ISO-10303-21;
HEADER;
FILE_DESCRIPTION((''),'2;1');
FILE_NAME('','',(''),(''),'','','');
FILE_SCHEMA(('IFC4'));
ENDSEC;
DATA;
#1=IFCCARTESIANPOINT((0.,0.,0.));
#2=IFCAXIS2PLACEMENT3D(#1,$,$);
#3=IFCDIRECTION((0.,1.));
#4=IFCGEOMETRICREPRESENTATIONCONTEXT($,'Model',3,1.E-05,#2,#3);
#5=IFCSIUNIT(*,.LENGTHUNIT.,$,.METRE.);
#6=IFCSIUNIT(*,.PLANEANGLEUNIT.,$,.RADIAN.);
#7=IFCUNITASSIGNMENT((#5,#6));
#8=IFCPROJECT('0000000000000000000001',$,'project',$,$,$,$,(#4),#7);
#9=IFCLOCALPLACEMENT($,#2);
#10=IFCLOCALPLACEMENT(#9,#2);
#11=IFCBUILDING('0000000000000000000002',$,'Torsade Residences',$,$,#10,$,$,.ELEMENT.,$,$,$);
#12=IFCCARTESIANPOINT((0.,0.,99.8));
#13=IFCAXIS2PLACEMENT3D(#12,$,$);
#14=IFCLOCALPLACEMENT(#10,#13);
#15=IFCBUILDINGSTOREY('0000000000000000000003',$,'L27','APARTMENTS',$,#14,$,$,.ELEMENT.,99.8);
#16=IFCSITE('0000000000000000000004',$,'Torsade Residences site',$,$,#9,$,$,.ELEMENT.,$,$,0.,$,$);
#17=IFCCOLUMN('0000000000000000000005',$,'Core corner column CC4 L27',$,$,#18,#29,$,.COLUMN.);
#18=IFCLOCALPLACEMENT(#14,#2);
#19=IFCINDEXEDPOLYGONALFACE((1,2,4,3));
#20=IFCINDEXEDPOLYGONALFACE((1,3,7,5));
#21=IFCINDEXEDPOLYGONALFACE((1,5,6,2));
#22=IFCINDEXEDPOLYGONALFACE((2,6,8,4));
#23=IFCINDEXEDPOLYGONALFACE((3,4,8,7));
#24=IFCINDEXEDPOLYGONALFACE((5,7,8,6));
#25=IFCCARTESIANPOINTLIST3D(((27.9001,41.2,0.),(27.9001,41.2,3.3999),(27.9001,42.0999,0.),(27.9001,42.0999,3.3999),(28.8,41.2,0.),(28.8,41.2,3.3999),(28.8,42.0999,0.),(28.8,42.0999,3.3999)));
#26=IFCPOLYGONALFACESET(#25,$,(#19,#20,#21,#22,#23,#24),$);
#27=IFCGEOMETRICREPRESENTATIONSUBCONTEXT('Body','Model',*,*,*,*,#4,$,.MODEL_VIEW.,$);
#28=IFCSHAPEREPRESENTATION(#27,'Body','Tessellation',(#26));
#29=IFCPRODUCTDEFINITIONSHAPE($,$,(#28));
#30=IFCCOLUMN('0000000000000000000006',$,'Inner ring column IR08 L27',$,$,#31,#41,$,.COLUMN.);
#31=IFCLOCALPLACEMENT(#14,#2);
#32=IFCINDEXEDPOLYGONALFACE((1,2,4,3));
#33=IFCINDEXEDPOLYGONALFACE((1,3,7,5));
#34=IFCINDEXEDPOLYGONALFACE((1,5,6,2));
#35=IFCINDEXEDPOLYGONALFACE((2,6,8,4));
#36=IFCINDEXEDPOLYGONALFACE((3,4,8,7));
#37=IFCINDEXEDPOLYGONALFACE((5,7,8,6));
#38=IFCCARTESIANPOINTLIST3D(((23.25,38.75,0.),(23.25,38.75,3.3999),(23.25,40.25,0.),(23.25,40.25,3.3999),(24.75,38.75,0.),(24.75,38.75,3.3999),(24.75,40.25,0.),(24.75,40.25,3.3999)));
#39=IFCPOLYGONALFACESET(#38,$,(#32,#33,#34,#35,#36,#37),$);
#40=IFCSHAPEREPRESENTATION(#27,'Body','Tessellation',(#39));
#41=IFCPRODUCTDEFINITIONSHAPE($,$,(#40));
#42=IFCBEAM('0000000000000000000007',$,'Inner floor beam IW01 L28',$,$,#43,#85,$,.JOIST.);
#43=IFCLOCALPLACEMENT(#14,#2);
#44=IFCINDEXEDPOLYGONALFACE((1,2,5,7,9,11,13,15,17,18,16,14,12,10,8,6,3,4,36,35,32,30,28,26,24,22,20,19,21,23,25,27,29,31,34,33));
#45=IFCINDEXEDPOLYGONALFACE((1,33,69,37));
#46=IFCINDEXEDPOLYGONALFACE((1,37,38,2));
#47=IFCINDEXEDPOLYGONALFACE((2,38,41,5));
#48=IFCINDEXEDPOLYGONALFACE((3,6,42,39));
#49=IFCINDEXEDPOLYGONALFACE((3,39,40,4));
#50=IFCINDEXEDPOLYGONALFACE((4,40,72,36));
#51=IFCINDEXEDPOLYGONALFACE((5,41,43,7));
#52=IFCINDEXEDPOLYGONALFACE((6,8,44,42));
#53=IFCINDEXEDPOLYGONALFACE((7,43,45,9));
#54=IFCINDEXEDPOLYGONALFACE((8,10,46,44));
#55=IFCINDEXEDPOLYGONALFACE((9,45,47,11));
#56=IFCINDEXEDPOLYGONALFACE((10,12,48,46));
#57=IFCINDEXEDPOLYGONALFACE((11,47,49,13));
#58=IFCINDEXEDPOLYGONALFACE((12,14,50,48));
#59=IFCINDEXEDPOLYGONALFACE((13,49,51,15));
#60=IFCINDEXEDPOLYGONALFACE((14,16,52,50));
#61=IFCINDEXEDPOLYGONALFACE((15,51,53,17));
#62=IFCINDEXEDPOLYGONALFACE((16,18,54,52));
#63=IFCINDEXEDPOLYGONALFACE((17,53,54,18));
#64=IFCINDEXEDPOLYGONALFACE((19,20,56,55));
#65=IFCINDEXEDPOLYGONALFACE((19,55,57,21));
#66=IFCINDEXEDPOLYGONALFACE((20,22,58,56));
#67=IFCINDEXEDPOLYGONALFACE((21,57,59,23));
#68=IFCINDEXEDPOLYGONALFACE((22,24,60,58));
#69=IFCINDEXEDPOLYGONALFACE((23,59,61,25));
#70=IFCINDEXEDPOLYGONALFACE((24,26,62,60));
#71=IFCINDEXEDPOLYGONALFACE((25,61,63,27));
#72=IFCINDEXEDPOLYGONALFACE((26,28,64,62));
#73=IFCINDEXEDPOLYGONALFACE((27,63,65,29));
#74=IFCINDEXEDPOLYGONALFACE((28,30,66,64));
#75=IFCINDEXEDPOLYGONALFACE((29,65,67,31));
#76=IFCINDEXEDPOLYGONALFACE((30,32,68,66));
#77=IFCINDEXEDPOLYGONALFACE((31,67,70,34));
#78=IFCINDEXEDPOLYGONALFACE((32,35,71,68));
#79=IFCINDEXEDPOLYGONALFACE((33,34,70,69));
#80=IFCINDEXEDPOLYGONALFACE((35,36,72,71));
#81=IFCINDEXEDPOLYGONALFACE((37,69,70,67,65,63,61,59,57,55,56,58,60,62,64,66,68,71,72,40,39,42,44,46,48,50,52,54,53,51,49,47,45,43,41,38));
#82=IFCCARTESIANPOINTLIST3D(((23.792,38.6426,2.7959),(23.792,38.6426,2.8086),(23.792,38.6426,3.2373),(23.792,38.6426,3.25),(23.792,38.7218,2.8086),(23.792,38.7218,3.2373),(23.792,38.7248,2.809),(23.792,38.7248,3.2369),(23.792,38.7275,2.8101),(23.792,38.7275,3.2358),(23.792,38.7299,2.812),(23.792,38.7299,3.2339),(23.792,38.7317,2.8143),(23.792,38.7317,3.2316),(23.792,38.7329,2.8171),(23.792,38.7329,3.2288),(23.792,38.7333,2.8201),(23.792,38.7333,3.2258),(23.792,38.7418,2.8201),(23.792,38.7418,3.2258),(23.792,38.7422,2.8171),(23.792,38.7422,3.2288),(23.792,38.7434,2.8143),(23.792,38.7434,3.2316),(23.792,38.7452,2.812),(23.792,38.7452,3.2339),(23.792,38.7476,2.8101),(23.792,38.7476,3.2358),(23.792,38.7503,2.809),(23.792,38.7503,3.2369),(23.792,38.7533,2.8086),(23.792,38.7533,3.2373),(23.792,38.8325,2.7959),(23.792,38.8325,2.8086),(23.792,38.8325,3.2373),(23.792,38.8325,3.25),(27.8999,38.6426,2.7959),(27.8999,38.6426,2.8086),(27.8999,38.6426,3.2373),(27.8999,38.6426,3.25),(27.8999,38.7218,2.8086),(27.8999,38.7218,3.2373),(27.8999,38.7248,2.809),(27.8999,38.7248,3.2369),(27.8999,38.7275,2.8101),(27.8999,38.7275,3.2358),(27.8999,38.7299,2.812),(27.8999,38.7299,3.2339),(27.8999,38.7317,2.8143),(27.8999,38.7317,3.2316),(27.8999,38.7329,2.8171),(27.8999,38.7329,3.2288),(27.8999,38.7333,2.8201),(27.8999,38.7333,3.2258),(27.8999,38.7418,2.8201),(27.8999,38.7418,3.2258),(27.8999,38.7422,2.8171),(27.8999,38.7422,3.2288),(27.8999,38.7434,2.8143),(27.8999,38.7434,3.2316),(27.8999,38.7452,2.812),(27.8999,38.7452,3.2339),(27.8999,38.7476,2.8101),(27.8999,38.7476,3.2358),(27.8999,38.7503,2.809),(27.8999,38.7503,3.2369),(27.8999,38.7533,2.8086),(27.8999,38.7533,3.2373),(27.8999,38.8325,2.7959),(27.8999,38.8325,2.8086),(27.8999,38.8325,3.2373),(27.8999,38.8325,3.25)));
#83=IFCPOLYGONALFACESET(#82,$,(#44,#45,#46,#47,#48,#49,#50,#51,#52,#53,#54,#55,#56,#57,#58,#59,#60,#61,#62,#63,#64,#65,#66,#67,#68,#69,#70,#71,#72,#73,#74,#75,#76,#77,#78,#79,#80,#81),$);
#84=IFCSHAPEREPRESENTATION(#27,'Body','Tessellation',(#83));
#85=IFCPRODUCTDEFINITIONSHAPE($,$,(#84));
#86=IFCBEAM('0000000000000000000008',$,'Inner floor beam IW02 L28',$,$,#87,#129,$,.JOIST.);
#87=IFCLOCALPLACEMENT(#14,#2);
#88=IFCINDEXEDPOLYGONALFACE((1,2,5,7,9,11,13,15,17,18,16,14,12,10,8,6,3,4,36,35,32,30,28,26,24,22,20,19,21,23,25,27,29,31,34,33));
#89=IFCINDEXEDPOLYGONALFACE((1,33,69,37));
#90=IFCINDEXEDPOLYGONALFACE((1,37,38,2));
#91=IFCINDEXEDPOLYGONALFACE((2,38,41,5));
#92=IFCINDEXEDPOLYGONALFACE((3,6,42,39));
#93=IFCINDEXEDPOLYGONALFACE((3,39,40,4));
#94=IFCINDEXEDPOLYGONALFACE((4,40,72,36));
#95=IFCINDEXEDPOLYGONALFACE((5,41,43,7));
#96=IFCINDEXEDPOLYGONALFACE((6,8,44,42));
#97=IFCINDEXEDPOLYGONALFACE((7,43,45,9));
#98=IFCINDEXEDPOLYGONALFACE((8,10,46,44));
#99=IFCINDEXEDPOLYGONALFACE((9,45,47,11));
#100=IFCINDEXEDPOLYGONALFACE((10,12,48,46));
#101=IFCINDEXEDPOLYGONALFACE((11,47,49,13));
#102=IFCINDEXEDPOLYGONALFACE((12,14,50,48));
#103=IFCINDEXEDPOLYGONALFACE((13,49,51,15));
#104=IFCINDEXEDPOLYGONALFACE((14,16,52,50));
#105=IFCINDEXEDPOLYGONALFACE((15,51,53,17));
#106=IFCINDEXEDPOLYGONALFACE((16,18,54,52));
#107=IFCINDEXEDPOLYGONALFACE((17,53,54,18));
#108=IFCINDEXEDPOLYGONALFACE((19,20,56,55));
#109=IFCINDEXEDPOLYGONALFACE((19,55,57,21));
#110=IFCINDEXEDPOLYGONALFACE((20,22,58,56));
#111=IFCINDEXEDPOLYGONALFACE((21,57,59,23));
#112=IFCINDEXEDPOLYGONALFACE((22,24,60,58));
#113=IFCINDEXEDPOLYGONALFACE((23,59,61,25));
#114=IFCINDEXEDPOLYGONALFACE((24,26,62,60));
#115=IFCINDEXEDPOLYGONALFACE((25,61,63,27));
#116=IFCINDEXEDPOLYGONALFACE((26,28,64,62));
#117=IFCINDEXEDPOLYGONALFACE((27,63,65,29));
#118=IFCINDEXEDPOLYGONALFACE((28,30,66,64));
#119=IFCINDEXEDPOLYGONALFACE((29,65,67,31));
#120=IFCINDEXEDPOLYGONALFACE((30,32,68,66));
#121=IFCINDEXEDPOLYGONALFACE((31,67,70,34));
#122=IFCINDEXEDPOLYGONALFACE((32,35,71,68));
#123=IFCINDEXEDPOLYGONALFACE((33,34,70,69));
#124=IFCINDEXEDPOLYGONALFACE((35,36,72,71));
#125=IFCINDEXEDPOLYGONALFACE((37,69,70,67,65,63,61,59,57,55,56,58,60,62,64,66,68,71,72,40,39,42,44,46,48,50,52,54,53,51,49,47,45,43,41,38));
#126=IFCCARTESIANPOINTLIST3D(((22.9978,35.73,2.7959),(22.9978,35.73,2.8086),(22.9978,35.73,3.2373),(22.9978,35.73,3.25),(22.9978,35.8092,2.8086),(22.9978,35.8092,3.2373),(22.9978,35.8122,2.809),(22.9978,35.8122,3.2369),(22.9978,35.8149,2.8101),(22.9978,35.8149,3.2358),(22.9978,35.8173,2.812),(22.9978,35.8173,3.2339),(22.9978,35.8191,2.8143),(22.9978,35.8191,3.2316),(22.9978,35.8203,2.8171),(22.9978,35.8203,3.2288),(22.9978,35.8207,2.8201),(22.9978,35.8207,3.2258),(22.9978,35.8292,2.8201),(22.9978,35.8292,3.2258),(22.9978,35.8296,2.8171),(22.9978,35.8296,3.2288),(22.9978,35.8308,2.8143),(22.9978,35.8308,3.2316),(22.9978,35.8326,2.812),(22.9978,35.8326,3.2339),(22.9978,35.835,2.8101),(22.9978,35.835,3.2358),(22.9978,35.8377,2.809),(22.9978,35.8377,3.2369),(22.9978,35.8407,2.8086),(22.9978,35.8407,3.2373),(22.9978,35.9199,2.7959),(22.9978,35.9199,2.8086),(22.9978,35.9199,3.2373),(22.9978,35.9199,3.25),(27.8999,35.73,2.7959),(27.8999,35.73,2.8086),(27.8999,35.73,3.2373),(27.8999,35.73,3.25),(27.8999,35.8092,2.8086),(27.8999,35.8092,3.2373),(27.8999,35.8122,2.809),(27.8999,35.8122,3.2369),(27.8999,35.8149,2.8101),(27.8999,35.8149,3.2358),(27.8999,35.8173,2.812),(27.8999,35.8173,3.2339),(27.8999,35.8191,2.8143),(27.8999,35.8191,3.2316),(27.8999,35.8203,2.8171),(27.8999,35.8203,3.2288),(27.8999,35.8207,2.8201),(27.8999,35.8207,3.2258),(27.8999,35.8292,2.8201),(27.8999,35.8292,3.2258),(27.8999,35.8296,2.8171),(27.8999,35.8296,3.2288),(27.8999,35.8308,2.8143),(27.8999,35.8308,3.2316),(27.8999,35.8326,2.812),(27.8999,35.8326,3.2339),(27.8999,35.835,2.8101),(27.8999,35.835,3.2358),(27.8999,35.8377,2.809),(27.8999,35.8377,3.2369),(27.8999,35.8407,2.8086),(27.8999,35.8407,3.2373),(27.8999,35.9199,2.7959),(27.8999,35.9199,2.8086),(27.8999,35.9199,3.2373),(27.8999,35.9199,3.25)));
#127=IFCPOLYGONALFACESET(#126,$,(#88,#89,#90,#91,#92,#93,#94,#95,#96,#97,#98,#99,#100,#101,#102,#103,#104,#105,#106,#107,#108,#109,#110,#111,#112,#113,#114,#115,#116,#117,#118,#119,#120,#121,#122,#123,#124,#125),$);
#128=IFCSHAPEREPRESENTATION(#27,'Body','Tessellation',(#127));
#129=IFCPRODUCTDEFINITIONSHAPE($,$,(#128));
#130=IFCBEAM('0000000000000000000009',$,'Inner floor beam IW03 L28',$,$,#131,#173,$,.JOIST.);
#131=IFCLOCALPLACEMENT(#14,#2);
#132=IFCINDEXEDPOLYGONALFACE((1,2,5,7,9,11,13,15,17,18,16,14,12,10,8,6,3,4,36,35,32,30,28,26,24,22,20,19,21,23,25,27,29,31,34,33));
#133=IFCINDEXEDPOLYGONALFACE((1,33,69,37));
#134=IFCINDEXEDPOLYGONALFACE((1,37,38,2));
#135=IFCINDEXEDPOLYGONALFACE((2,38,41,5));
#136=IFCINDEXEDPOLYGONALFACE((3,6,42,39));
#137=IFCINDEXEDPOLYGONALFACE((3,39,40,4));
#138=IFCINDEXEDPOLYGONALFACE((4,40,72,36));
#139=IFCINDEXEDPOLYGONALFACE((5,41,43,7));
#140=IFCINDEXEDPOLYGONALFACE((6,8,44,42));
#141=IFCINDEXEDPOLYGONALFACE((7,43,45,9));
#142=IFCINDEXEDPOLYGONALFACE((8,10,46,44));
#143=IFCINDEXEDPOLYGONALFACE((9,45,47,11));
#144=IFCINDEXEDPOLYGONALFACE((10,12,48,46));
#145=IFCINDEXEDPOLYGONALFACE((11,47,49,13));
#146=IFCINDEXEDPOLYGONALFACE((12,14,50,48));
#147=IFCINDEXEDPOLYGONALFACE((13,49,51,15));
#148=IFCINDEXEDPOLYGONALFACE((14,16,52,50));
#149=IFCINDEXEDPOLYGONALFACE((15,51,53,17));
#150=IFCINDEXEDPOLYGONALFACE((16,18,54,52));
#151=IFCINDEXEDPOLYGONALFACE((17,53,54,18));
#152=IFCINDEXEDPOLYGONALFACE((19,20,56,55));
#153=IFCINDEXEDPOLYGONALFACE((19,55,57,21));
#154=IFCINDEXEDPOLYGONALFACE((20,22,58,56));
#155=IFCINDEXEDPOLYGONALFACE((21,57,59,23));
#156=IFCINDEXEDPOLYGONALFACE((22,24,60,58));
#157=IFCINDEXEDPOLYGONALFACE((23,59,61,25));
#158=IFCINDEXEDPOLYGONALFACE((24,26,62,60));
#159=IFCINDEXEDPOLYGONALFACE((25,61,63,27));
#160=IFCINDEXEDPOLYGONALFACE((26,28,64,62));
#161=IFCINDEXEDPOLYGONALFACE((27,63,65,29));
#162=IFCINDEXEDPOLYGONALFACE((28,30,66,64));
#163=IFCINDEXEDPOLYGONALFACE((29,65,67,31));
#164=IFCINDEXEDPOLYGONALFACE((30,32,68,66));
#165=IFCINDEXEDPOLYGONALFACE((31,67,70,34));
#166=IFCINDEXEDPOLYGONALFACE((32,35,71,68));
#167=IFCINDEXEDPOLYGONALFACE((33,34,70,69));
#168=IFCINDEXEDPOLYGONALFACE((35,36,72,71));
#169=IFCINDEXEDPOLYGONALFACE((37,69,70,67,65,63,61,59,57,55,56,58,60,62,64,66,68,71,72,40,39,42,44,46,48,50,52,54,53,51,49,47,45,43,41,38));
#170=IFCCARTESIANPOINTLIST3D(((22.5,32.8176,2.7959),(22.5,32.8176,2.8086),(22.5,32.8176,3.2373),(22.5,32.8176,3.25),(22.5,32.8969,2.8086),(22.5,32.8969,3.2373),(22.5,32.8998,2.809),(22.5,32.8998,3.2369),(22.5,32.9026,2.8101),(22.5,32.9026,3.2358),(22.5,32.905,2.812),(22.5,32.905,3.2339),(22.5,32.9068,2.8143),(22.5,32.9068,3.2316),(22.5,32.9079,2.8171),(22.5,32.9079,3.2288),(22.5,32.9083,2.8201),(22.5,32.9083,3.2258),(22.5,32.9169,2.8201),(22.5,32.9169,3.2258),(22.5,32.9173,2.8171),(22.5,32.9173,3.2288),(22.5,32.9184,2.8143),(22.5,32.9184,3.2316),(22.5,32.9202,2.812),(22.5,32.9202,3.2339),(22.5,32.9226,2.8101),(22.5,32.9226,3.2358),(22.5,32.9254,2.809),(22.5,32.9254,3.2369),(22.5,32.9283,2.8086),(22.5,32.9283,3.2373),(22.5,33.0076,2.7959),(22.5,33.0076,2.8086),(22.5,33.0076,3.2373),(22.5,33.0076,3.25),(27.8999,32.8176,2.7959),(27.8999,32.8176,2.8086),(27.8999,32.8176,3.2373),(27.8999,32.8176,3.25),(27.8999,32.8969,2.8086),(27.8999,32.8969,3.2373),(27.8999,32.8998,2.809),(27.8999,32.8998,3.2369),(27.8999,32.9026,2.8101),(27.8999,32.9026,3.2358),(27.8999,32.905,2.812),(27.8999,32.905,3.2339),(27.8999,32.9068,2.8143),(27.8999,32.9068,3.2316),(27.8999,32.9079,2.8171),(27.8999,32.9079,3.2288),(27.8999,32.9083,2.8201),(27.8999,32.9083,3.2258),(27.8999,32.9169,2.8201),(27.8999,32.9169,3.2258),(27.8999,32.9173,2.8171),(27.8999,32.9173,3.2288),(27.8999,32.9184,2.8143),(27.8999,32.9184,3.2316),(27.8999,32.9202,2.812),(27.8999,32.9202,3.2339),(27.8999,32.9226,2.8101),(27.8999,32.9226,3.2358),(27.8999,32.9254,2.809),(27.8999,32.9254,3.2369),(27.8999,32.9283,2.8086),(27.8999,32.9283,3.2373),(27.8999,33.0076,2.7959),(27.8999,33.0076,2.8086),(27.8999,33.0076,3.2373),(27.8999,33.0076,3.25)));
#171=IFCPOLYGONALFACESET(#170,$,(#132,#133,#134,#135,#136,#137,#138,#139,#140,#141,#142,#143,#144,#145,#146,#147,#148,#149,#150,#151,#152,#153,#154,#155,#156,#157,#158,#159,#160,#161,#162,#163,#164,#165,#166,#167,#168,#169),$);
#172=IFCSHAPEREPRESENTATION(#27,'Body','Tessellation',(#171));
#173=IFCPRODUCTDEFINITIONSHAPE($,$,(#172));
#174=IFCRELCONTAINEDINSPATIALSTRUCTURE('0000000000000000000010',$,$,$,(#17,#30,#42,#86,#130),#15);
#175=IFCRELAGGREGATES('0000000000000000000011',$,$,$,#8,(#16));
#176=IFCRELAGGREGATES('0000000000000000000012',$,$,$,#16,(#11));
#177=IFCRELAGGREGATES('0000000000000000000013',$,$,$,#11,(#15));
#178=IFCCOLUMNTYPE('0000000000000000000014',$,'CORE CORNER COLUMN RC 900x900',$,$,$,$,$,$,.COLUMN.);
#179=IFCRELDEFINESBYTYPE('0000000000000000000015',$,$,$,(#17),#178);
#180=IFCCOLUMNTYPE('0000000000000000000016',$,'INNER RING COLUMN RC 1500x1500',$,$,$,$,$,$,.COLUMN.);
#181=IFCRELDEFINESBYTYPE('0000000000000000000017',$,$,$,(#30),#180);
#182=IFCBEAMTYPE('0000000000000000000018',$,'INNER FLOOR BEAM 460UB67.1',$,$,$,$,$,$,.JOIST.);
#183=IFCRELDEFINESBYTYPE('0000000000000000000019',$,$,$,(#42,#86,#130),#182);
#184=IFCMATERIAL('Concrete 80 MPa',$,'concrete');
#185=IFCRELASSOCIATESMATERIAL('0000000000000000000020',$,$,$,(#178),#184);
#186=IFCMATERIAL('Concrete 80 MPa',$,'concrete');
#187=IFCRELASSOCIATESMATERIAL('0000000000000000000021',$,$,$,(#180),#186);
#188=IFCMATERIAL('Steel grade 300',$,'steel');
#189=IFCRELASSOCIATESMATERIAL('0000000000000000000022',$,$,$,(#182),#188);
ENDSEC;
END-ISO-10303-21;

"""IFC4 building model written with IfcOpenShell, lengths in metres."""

from ifc_helpers import new_model, si_unit, direction, frame, origin, origin_2d, place, context, subcontext, project, spatial, rectangle, i_section, extrude, material, material_profile, profile_set, type_object, element, save


model = new_model("IFC4")

# Units and contexts
model_context = context("Model", 3, precision=1e-05, world=origin(), true_north=direction((0.0, 1.0)))
body_context = subcontext(model_context, "Body", "Model", "MODEL_VIEW")
ifc_project = project(units=[si_unit("LENGTHUNIT", "METRE"), si_unit("PLANEANGLEUNIT", "RADIAN")], contexts=[model_context])

# Site, building, storey
site_placement = place(None, origin())
site = spatial("IfcSite", under=ifc_project, at=site_placement, Name="Torsade Residences site", CompositionType="ELEMENT", RefElevation=0.0)
building_placement = place(site_placement, origin())
building = spatial("IfcBuilding", under=site, at=building_placement, Name="Torsade Residences", CompositionType="ELEMENT")
storey_placement = place(building_placement, frame((0.0, 0.0, 99.8)))
storey = spatial("IfcBuildingStorey", under=building, at=storey_placement, Name="L27", Description="APARTMENTS", CompositionType="ELEMENT", Elevation=99.8)

# Columns
ifc_material_1 = material(Name="Concrete 80 MPa", Category="concrete")
ifc_material_profile_1 = material_profile(ifc_material_1, rectangle(XDim=0.8999, YDim=0.8999, at=origin_2d()), Name="RC 900x900")
ifc_profile_set_1 = profile_set([ifc_material_profile_1], Name="Concrete 80 MPa")
column_type_1 = type_object("IfcColumnType", Name="CORE CORNER COLUMN RC 900x900", PredefinedType="COLUMN", material=ifc_profile_set_1)
column_1_placement = place(storey_placement, frame((28.3501, 41.6499, 0.0), z_axis=(0.0, 0.0, 1.0), x_axis=(1.0, 0.0, 0.0)))
element("IfcColumn", 1, at=column_1_placement, inside=storey, type_object=column_type_1, Name="Core corner column CC4 L27", PredefinedType="COLUMN", context=body_context, shape_type="SweptSolid", body=[
    extrude(rectangle(XDim=0.8999, YDim=0.8999, at=origin_2d()), origin(), (0.0, 0.0, 1.0), 3.3999),
])
ifc_material_2 = material(Name="Concrete 80 MPa", Category="concrete")
ifc_material_profile_2 = material_profile(ifc_material_2, rectangle(XDim=1.5, YDim=1.5, at=origin_2d()), Name="RC 1500x1500")
ifc_profile_set_2 = profile_set([ifc_material_profile_2], Name="Concrete 80 MPa")
column_type_2 = type_object("IfcColumnType", Name="INNER RING COLUMN RC 1500x1500", PredefinedType="COLUMN", material=ifc_profile_set_2)
column_2_placement = place(storey_placement, frame((24.0, 39.5, 0.0), z_axis=(0.0, 0.0, 1.0), x_axis=(1.0, 0.0, 0.0)))
element("IfcColumn", 2, at=column_2_placement, inside=storey, type_object=column_type_2, Name="Inner ring column IR08 L27", PredefinedType="COLUMN", context=body_context, shape_type="SweptSolid", body=[
    extrude(rectangle(XDim=1.5, YDim=1.5, at=origin_2d()), origin(), (0.0, 0.0, 1.0), 3.3999),
])

# Beams
ifc_material_3 = material(Name="Steel grade 300", Category="steel")
ifc_material_profile_3 = material_profile(ifc_material_3, i_section(OverallWidth=0.1899, OverallDepth=0.4541, WebThickness=0.0085, FlangeThickness=0.0127, FilletRadius=0.0115, at=origin_2d()), Name="460UB67.1")
ifc_profile_set_3 = profile_set([ifc_material_profile_3], Name="Steel grade 300")
beam_type_1 = type_object("IfcBeamType", Name="INNER FLOOR BEAM 460UB67.1", PredefinedType="JOIST", material=ifc_profile_set_3)
beam_1_placement = place(storey_placement, frame((27.8999, 38.7375, 3.0229), z_axis=(-1.0, 0.0, 0.0), x_axis=(0.0, -1.0, 0.0)))
element("IfcBeam", 3, at=beam_1_placement, inside=storey, type_object=beam_type_1, Name="Inner floor beam IW01 L28", PredefinedType="JOIST", context=body_context, shape_type="SweptSolid", body=[
    extrude(i_section(OverallWidth=0.1899, OverallDepth=0.4541, WebThickness=0.0085, FlangeThickness=0.0127, FilletRadius=0.0115, at=origin_2d()), origin(), (0.0, 0.0, 1.0), 4.1079),
])
beam_2_placement = place(storey_placement, frame((27.8999, 35.825, 3.0229), z_axis=(-1.0, 0.0, 0.0), x_axis=(0.0, -1.0, 0.0)))
element("IfcBeam", 4, at=beam_2_placement, inside=storey, type_object=beam_type_1, Name="Inner floor beam IW02 L28", PredefinedType="JOIST", context=body_context, shape_type="SweptSolid", body=[
    extrude(i_section(OverallWidth=0.1899, OverallDepth=0.4541, WebThickness=0.0085, FlangeThickness=0.0127, FilletRadius=0.0115, at=origin_2d()), origin(), (0.0, 0.0, 1.0), 4.9021),
])
beam_3_placement = place(storey_placement, frame((27.8999, 32.9126, 3.0229), z_axis=(-1.0, 0.0, 0.0), x_axis=(0.0, -1.0, 0.0)))
element("IfcBeam", 5, at=beam_3_placement, inside=storey, type_object=beam_type_1, Name="Inner floor beam IW03 L28", PredefinedType="JOIST", context=body_context, shape_type="SweptSolid", body=[
    extrude(i_section(OverallWidth=0.1899, OverallDepth=0.4541, WebThickness=0.0085, FlangeThickness=0.0127, FilletRadius=0.0115, at=origin_2d()), origin(), (0.0, 0.0, 1.0), 5.3999),
])

save(model, "model.ifc")
